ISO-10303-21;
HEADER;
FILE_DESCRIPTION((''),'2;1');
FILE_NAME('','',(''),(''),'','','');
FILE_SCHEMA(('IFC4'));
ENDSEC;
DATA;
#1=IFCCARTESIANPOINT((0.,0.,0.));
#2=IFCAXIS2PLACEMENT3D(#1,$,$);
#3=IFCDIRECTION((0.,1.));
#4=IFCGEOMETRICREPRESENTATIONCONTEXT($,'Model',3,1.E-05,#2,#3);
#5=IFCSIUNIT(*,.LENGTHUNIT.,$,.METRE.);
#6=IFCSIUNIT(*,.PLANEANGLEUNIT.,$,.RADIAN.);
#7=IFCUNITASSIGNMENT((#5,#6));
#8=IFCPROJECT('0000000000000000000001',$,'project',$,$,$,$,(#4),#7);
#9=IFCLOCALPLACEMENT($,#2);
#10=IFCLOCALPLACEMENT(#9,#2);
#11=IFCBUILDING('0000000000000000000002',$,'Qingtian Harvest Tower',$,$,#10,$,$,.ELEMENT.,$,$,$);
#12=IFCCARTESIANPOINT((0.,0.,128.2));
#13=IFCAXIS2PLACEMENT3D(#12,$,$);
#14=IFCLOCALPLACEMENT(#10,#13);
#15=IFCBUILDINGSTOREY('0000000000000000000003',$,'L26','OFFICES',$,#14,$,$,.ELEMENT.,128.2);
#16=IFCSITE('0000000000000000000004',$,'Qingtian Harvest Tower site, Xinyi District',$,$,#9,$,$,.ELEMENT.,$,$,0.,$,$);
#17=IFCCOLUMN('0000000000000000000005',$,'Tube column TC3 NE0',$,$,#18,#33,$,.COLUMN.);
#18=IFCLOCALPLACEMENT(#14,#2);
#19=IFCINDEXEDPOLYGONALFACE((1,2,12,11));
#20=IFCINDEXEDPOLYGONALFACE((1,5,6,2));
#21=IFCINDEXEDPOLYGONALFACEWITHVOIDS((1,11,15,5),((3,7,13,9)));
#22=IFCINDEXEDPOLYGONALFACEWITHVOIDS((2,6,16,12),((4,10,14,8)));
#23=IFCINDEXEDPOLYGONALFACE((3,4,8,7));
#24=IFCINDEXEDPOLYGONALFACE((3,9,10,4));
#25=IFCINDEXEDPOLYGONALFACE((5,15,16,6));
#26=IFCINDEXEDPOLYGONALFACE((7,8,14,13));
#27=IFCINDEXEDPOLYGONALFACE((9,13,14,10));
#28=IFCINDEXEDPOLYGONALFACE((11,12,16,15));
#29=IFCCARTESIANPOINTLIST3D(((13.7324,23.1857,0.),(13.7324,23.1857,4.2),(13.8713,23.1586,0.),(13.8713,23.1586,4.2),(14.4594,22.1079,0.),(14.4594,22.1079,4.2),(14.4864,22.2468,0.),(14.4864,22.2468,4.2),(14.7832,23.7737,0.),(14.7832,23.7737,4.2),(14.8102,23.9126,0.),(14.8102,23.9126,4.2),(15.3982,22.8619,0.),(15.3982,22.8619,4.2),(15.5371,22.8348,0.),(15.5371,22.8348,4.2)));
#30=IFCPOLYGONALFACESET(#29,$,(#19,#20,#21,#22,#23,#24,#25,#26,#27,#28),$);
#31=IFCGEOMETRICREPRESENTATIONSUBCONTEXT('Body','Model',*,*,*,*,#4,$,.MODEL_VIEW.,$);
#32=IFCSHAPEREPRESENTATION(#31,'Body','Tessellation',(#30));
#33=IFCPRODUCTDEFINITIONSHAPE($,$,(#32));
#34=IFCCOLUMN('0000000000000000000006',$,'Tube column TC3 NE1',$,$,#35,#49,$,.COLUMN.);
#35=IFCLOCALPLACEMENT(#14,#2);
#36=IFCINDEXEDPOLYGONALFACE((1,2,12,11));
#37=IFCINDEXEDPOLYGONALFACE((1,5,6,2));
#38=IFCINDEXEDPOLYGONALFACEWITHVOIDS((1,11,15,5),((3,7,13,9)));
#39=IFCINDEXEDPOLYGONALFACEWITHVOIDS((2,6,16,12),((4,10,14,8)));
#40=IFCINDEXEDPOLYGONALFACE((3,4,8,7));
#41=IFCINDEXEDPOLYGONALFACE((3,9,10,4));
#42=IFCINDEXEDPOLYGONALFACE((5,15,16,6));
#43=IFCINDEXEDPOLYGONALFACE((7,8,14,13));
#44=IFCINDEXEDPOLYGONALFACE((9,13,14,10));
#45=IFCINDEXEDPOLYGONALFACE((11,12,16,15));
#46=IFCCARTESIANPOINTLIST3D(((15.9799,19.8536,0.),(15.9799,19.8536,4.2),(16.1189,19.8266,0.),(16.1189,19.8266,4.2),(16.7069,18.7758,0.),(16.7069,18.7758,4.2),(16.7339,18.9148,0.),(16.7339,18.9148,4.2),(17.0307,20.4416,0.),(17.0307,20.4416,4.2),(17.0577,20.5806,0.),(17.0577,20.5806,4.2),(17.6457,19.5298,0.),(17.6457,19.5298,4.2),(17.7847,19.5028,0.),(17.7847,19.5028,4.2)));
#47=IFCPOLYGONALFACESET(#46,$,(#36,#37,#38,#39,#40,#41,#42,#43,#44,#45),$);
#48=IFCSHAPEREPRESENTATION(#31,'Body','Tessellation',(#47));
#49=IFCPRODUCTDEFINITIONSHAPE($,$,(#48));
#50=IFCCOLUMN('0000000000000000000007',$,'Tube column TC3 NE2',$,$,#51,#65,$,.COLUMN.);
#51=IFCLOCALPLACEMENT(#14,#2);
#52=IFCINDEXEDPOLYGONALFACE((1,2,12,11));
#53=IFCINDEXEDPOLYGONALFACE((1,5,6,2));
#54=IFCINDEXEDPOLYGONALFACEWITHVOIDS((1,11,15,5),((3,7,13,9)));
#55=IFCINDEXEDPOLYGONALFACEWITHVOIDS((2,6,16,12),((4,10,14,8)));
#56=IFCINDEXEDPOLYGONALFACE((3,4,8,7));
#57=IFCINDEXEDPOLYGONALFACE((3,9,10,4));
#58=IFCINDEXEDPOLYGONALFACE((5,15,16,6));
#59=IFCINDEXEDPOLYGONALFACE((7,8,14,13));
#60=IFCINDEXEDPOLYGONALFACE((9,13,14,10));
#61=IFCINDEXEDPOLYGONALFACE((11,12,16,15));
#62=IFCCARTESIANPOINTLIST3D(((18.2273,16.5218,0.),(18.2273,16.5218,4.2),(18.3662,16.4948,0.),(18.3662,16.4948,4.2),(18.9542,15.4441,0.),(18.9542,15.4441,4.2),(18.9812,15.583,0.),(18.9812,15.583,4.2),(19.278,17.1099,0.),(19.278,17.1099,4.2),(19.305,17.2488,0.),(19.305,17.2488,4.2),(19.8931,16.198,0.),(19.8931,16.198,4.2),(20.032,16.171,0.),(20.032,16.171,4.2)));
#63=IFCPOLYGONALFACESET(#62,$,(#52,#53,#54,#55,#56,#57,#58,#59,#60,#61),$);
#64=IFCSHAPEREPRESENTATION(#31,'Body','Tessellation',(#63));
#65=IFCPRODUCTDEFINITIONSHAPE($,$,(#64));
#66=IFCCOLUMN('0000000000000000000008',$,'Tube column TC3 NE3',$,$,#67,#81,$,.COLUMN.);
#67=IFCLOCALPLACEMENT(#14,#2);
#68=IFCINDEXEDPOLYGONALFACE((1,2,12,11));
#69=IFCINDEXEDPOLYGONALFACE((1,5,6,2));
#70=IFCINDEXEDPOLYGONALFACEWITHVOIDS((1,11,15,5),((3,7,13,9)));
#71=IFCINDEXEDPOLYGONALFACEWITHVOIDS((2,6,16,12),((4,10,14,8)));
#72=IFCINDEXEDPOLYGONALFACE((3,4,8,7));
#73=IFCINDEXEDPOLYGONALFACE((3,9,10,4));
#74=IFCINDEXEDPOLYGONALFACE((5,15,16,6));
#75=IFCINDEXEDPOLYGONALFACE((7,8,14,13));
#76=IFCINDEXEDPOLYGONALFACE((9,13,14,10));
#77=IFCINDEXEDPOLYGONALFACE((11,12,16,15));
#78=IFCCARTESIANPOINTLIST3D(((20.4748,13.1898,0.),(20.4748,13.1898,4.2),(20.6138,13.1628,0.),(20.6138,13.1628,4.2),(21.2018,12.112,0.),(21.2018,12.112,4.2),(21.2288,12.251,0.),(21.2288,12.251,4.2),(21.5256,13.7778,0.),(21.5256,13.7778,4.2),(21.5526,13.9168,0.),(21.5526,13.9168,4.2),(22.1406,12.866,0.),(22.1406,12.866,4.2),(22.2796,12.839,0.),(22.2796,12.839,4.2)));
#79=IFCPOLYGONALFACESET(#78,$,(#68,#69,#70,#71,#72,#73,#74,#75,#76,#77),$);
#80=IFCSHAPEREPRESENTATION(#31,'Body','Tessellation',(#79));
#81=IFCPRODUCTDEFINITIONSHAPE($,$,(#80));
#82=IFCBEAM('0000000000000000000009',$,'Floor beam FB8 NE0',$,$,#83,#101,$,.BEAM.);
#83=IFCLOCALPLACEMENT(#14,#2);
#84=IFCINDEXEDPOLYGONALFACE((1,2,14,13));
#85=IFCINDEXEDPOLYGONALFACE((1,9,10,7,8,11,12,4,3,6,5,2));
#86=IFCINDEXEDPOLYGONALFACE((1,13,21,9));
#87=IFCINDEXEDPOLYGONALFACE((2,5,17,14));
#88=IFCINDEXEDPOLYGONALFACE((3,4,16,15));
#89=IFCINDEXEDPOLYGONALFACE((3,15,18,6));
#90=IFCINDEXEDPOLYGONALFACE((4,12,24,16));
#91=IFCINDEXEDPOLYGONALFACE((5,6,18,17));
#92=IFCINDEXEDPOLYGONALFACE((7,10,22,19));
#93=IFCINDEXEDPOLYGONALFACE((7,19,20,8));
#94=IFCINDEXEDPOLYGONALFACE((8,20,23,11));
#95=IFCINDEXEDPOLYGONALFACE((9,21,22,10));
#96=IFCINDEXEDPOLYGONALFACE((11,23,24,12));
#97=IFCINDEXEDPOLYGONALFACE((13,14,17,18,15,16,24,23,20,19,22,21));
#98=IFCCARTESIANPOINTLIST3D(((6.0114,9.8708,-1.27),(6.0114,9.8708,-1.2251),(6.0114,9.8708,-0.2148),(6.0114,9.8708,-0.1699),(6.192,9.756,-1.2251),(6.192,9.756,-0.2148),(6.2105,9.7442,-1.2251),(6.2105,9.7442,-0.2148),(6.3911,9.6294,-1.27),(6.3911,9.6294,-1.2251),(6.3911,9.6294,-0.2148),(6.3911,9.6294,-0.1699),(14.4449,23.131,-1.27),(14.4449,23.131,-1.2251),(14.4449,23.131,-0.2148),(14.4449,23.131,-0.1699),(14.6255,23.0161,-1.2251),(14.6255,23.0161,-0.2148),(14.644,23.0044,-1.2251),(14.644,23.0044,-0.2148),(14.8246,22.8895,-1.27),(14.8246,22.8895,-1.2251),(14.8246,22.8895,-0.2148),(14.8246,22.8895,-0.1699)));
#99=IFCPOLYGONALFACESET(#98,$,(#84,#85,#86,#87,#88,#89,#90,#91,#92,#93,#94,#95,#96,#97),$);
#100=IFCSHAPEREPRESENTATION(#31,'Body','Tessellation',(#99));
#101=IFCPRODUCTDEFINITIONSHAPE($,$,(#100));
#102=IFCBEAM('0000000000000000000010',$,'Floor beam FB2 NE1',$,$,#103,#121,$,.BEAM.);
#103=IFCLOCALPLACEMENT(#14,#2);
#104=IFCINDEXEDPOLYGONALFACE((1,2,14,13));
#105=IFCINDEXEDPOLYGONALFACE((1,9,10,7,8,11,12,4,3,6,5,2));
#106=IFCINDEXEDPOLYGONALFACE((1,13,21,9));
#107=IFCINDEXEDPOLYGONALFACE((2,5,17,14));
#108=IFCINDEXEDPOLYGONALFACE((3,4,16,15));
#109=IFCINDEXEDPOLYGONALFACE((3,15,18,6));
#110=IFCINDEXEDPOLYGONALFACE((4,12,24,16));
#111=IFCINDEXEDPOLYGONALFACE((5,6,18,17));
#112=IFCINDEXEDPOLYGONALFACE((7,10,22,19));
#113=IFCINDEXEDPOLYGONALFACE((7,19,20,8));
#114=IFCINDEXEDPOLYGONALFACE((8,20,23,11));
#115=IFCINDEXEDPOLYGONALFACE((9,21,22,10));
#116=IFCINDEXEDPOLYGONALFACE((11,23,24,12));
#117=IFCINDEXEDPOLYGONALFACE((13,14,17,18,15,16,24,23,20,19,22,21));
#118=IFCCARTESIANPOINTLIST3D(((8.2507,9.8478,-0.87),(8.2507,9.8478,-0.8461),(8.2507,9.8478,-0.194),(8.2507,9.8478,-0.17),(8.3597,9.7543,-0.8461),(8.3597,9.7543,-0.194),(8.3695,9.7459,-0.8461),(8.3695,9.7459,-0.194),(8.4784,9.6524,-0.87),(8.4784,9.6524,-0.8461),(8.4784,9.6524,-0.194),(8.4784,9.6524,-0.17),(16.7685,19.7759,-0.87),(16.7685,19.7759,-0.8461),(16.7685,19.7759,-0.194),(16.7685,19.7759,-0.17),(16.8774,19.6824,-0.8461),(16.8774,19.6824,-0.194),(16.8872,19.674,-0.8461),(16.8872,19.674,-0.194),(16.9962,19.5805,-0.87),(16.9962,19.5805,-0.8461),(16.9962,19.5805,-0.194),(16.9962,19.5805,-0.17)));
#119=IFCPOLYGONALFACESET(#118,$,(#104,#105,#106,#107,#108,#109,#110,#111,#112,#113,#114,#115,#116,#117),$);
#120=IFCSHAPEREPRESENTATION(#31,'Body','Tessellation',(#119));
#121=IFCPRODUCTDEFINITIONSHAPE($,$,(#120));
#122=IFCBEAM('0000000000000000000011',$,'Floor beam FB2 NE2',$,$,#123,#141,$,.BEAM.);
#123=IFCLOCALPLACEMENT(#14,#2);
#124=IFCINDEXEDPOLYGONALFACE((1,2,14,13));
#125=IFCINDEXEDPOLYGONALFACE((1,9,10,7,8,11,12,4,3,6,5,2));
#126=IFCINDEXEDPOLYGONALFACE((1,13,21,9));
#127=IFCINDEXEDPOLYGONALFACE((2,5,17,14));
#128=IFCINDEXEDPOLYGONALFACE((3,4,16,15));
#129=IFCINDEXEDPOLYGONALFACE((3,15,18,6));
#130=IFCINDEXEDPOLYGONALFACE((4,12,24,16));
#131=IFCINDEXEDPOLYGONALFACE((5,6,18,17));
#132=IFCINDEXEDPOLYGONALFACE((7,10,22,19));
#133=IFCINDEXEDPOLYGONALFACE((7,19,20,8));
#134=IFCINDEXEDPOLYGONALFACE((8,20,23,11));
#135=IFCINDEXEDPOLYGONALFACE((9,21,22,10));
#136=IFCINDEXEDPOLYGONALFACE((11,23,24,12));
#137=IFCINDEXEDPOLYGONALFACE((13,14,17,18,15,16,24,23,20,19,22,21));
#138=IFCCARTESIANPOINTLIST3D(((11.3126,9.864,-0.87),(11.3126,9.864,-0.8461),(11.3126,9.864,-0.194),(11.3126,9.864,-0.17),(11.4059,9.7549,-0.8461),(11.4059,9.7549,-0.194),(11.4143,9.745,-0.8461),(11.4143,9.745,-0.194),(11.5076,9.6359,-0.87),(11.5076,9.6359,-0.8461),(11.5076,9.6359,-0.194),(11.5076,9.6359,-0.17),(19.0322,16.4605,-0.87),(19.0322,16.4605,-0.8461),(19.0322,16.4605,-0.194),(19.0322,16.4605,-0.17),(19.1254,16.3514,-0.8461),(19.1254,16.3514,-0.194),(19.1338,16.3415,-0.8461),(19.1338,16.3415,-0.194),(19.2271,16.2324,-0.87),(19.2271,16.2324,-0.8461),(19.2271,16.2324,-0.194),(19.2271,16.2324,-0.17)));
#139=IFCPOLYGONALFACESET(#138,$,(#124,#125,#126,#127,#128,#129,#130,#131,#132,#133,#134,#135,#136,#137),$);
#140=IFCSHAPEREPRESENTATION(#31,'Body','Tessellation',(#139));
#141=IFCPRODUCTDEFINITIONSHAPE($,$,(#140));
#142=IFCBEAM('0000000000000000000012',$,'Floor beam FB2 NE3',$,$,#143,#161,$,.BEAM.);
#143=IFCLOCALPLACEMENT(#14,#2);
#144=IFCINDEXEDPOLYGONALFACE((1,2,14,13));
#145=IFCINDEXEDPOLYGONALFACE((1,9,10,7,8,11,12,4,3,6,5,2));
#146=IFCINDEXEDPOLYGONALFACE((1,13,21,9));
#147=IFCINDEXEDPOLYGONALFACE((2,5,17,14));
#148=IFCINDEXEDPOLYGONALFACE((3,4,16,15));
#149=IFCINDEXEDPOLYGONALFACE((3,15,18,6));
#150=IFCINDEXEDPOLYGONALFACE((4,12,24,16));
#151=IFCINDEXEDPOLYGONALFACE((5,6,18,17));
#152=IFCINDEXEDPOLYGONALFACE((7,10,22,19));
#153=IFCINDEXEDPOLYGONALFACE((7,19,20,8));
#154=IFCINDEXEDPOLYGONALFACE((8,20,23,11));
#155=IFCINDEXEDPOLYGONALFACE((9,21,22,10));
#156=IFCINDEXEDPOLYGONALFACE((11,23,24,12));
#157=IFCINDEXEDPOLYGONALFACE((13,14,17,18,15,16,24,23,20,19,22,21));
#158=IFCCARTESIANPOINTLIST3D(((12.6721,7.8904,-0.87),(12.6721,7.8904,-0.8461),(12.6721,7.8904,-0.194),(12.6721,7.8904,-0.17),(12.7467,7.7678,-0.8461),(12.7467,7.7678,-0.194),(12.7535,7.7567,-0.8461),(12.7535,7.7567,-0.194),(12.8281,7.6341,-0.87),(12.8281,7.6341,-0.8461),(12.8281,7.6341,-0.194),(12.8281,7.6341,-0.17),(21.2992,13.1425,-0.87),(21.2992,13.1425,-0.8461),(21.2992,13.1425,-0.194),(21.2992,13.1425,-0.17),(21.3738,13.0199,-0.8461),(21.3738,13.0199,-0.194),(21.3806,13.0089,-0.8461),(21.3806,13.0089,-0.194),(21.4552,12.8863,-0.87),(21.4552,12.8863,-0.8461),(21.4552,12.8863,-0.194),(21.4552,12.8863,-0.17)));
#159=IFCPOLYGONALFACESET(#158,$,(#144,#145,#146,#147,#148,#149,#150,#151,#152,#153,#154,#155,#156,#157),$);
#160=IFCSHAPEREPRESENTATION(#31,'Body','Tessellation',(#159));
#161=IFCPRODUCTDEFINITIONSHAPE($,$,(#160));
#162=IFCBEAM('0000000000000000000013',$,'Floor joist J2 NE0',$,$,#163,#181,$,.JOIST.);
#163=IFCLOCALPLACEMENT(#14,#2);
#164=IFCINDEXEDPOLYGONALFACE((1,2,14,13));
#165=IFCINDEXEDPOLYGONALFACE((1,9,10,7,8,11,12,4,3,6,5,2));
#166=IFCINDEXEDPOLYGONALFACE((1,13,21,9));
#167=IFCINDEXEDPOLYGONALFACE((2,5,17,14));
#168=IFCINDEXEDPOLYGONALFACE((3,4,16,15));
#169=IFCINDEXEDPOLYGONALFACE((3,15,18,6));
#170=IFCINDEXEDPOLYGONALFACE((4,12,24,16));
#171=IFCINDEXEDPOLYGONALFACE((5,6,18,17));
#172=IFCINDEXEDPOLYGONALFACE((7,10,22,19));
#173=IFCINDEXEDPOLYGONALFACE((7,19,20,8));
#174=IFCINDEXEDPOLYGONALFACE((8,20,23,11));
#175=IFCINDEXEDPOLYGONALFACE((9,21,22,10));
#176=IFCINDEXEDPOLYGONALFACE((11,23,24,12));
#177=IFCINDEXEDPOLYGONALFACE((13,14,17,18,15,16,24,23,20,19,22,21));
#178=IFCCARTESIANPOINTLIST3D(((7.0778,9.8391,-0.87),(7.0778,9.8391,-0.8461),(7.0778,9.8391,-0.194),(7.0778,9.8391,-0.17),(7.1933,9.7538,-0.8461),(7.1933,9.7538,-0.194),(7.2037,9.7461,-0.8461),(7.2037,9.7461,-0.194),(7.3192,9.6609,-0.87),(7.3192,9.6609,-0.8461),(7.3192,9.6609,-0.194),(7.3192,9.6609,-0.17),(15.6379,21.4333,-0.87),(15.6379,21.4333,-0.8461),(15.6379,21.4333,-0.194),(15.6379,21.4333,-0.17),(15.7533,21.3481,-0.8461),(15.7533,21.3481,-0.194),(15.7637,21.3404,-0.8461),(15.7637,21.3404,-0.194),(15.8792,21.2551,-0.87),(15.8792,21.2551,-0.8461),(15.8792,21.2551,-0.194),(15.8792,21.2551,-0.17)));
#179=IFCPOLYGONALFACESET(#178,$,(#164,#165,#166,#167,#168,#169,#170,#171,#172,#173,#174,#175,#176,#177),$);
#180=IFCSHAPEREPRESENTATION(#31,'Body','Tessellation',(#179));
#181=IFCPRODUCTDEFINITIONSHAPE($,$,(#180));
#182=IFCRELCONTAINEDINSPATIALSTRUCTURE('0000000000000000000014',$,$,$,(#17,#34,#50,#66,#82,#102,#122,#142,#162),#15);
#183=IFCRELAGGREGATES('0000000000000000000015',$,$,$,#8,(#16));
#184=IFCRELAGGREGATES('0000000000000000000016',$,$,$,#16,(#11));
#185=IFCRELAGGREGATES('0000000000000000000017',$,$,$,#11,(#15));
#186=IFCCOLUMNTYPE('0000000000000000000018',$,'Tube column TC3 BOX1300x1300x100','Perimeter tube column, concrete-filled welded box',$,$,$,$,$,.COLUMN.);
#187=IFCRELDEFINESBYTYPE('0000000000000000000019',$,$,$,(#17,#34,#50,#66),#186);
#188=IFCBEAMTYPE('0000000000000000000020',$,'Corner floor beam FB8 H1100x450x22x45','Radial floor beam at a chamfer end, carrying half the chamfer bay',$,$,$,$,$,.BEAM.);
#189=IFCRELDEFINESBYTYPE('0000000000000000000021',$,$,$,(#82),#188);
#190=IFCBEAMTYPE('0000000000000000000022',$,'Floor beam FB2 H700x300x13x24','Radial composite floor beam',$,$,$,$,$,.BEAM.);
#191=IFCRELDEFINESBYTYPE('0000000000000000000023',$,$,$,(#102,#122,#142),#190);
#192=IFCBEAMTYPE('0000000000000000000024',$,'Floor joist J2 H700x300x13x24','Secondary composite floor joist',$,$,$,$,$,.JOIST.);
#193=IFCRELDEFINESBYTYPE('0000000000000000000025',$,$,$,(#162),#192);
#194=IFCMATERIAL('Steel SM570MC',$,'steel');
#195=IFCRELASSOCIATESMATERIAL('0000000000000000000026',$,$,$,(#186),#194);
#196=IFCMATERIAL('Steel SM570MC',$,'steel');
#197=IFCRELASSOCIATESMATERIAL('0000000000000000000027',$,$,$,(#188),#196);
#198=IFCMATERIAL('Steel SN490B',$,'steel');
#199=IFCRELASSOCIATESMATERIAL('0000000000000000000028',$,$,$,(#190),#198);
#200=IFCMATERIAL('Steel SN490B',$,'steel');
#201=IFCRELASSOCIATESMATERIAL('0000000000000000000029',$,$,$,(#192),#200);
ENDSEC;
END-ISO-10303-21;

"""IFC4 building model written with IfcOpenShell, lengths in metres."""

from ifc_helpers import new_model, si_unit, direction, frame, origin, origin_2d, place, context, subcontext, project, spatial, hollow_rectangle, i_section, extrude, material, material_profile, profile_set, type_object, element, save


model = new_model("IFC4")

# Units and contexts
model_context = context("Model", 3, precision=1e-05, world=origin(), true_north=direction((0.0, 1.0)))
body_context = subcontext(model_context, "Body", "Model", "MODEL_VIEW")
ifc_project = project(units=[si_unit("LENGTHUNIT", "METRE"), si_unit("PLANEANGLEUNIT", "RADIAN")], contexts=[model_context])

# Site, building, storey
site_placement = place(None, origin())
site = spatial("IfcSite", under=ifc_project, at=site_placement, Name="Qingtian Harvest Tower site, Xinyi District", CompositionType="ELEMENT", RefElevation=0.0)
building_placement = place(site_placement, origin())
building = spatial("IfcBuilding", under=site, at=building_placement, Name="Qingtian Harvest Tower", CompositionType="ELEMENT")
storey_placement = place(building_placement, frame((0.0, 0.0, 128.2)))
storey = spatial("IfcBuildingStorey", under=building, at=storey_placement, Name="L26", Description="OFFICES", CompositionType="ELEMENT", Elevation=128.2)

# Columns
ifc_material_1 = material(Name="Steel SM570MC", Category="steel")
ifc_material_profile_1 = material_profile(ifc_material_1, hollow_rectangle(XDim=1.3, YDim=1.3, WallThickness=0.1001, at=origin_2d()), Name="BOX1300x1300x100")
ifc_profile_set_1 = profile_set([ifc_material_profile_1], Name="Steel SM570MC")
column_type = type_object("IfcColumnType", Name="Tube column TC3 BOX1300x1300x100", Description="Perimeter tube column, concrete-filled welded box", PredefinedType="COLUMN", material=ifc_profile_set_1)
for number, where, z_axis, x_axis, name in (
    (1, (14.6348, 23.0103, 0.0), (0.0, 0.0, 1.0), (-0.559193, 0.829038, 0.0), "Tube column TC3 NE0"),
    (2, (16.8823, 19.6782, 0.0), (0.0, 0.0, 1.0), (-0.559193, 0.829038, 0.0), "Tube column TC3 NE1"),
    (3, (19.1296, 16.3464, 0.0), (0.0, 0.0, 1.0), (-0.559193, 0.829038, 0.0), "Tube column TC3 NE2"),
    (4, (21.3772, 13.0144, 0.0), (0.0, 0.0, 1.0), (-0.559193, 0.829038, 0.0), "Tube column TC3 NE3"),
):
    element("IfcColumn", number, at=place(storey_placement, frame(where, z_axis=z_axis, x_axis=x_axis)), inside=storey, type_object=column_type, Name=name, PredefinedType="COLUMN", context=body_context, shape_type="SweptSolid", body=[
        extrude(hollow_rectangle(XDim=1.3, YDim=1.3, WallThickness=0.1001, at=origin_2d()), origin(), (0.0, 0.0, 1.0), 4.2),
    ])

# Beams
ifc_material_2 = material(Name="Steel SM570MC", Category="steel")
ifc_material_profile_2 = material_profile(ifc_material_2, i_section(OverallWidth=0.45, OverallDepth=1.1001, WebThickness=0.022, FlangeThickness=0.0449, at=origin_2d()), Name="H1100x450x22x45")
ifc_profile_set_2 = profile_set([ifc_material_profile_2], Name="Steel SM570MC")
beam_type_1 = type_object("IfcBeamType", Name="Corner floor beam FB8 H1100x450x22x45", Description="Radial floor beam at a chamfer end, carrying half the chamfer bay", PredefinedType="BEAM", material=ifc_profile_set_2)
beam_1_placement = place(storey_placement, frame((14.6348, 23.0103, -0.72), z_axis=(-0.53666, -0.843798, 0.0), x_axis=(0.843798, -0.53666, 0.0)))
element("IfcBeam", 5, at=beam_1_placement, inside=storey, type_object=beam_type_1, Name="Floor beam FB8 NE0", PredefinedType="BEAM", context=body_context, shape_type="SweptSolid", body=[
    extrude(i_section(OverallWidth=0.45, OverallDepth=1.1001, WebThickness=0.022, FlangeThickness=0.0449, at=origin_2d()), origin(), (0.0, 0.0, 1.0), 15.7148),
])
ifc_material_3 = material(Name="Steel SN490B", Category="steel")
ifc_material_profile_3 = material_profile(ifc_material_3, i_section(OverallWidth=0.3, OverallDepth=0.7, WebThickness=0.0129, FlangeThickness=0.0239, at=origin_2d()), Name="H700x300x13x24")
ifc_profile_set_3 = profile_set([ifc_material_profile_3], Name="Steel SN490B")
beam_type_2 = type_object("IfcBeamType", Name="Floor beam FB2 H700x300x13x24", Description="Radial composite floor beam", PredefinedType="BEAM", material=ifc_profile_set_3)
beam_2_placement = place(storey_placement, frame((16.8823, 19.6782, -0.52), z_axis=(-0.65114, -0.758957, 0.0), x_axis=(0.758957, -0.65114, 0.0)))
element("IfcBeam", 6, at=beam_2_placement, inside=storey, type_object=beam_type_2, Name="Floor beam FB2 NE1", PredefinedType="BEAM", context=body_context, shape_type="SweptSolid", body=[
    extrude(i_section(OverallWidth=0.3, OverallDepth=0.7, WebThickness=0.0129, FlangeThickness=0.0239, at=origin_2d()), origin(), (0.0, 0.0, 1.0), 13.0813),
])
beam_3_placement = place(storey_placement, frame((19.1296, 16.3464, -0.52), z_axis=(-0.760242, -0.64964, 0.0), x_axis=(0.64964, -0.760242, 0.0)))
element("IfcBeam", 7, at=beam_3_placement, inside=storey, type_object=beam_type_2, Name="Floor beam FB2 NE2", PredefinedType="BEAM", context=body_context, shape_type="SweptSolid", body=[
    extrude(i_section(OverallWidth=0.3, OverallDepth=0.7, WebThickness=0.0129, FlangeThickness=0.0239, at=origin_2d()), origin(), (0.0, 0.0, 1.0), 10.1541),
])
beam_4_placement = place(storey_placement, frame((21.3772, 13.0144, -0.52), z_axis=(-0.854161, -0.520009, 0.0), x_axis=(0.520009, -0.854161, 0.0)))
element("IfcBeam", 8, at=beam_4_placement, inside=storey, type_object=beam_type_2, Name="Floor beam FB2 NE3", PredefinedType="BEAM", context=body_context, shape_type="SweptSolid", body=[
    extrude(i_section(OverallWidth=0.3, OverallDepth=0.7, WebThickness=0.0129, FlangeThickness=0.0239, at=origin_2d()), origin(), (0.0, 0.0, 1.0), 10.1001),
])
ifc_material_4 = material(Name="Steel SN490B", Category="steel")
ifc_material_profile_4 = material_profile(ifc_material_4, i_section(OverallWidth=0.3, OverallDepth=0.7, WebThickness=0.0129, FlangeThickness=0.0239, at=origin_2d()), Name="H700x300x13x24")
ifc_profile_set_4 = profile_set([ifc_material_profile_4], Name="Steel SN490B")
beam_type_3 = type_object("IfcBeamType", Name="Floor joist J2 H700x300x13x24", Description="Secondary composite floor joist", PredefinedType="JOIST", material=ifc_profile_set_4)
beam_5_placement = place(storey_placement, frame((15.7585, 21.3442, -0.52), z_axis=(-0.59396, -0.804494, 0.0), x_axis=(0.804494, -0.59396, 0.0)))
element("IfcBeam", 9, at=beam_5_placement, inside=storey, type_object=beam_type_3, Name="Floor joist J2 NE0", PredefinedType="JOIST", context=body_context, shape_type="SweptSolid", body=[
    extrude(i_section(OverallWidth=0.3, OverallDepth=0.7, WebThickness=0.0129, FlangeThickness=0.0239, at=origin_2d()), origin(), (0.0, 0.0, 1.0), 14.4119),
])

save(model, "model.ifc")
